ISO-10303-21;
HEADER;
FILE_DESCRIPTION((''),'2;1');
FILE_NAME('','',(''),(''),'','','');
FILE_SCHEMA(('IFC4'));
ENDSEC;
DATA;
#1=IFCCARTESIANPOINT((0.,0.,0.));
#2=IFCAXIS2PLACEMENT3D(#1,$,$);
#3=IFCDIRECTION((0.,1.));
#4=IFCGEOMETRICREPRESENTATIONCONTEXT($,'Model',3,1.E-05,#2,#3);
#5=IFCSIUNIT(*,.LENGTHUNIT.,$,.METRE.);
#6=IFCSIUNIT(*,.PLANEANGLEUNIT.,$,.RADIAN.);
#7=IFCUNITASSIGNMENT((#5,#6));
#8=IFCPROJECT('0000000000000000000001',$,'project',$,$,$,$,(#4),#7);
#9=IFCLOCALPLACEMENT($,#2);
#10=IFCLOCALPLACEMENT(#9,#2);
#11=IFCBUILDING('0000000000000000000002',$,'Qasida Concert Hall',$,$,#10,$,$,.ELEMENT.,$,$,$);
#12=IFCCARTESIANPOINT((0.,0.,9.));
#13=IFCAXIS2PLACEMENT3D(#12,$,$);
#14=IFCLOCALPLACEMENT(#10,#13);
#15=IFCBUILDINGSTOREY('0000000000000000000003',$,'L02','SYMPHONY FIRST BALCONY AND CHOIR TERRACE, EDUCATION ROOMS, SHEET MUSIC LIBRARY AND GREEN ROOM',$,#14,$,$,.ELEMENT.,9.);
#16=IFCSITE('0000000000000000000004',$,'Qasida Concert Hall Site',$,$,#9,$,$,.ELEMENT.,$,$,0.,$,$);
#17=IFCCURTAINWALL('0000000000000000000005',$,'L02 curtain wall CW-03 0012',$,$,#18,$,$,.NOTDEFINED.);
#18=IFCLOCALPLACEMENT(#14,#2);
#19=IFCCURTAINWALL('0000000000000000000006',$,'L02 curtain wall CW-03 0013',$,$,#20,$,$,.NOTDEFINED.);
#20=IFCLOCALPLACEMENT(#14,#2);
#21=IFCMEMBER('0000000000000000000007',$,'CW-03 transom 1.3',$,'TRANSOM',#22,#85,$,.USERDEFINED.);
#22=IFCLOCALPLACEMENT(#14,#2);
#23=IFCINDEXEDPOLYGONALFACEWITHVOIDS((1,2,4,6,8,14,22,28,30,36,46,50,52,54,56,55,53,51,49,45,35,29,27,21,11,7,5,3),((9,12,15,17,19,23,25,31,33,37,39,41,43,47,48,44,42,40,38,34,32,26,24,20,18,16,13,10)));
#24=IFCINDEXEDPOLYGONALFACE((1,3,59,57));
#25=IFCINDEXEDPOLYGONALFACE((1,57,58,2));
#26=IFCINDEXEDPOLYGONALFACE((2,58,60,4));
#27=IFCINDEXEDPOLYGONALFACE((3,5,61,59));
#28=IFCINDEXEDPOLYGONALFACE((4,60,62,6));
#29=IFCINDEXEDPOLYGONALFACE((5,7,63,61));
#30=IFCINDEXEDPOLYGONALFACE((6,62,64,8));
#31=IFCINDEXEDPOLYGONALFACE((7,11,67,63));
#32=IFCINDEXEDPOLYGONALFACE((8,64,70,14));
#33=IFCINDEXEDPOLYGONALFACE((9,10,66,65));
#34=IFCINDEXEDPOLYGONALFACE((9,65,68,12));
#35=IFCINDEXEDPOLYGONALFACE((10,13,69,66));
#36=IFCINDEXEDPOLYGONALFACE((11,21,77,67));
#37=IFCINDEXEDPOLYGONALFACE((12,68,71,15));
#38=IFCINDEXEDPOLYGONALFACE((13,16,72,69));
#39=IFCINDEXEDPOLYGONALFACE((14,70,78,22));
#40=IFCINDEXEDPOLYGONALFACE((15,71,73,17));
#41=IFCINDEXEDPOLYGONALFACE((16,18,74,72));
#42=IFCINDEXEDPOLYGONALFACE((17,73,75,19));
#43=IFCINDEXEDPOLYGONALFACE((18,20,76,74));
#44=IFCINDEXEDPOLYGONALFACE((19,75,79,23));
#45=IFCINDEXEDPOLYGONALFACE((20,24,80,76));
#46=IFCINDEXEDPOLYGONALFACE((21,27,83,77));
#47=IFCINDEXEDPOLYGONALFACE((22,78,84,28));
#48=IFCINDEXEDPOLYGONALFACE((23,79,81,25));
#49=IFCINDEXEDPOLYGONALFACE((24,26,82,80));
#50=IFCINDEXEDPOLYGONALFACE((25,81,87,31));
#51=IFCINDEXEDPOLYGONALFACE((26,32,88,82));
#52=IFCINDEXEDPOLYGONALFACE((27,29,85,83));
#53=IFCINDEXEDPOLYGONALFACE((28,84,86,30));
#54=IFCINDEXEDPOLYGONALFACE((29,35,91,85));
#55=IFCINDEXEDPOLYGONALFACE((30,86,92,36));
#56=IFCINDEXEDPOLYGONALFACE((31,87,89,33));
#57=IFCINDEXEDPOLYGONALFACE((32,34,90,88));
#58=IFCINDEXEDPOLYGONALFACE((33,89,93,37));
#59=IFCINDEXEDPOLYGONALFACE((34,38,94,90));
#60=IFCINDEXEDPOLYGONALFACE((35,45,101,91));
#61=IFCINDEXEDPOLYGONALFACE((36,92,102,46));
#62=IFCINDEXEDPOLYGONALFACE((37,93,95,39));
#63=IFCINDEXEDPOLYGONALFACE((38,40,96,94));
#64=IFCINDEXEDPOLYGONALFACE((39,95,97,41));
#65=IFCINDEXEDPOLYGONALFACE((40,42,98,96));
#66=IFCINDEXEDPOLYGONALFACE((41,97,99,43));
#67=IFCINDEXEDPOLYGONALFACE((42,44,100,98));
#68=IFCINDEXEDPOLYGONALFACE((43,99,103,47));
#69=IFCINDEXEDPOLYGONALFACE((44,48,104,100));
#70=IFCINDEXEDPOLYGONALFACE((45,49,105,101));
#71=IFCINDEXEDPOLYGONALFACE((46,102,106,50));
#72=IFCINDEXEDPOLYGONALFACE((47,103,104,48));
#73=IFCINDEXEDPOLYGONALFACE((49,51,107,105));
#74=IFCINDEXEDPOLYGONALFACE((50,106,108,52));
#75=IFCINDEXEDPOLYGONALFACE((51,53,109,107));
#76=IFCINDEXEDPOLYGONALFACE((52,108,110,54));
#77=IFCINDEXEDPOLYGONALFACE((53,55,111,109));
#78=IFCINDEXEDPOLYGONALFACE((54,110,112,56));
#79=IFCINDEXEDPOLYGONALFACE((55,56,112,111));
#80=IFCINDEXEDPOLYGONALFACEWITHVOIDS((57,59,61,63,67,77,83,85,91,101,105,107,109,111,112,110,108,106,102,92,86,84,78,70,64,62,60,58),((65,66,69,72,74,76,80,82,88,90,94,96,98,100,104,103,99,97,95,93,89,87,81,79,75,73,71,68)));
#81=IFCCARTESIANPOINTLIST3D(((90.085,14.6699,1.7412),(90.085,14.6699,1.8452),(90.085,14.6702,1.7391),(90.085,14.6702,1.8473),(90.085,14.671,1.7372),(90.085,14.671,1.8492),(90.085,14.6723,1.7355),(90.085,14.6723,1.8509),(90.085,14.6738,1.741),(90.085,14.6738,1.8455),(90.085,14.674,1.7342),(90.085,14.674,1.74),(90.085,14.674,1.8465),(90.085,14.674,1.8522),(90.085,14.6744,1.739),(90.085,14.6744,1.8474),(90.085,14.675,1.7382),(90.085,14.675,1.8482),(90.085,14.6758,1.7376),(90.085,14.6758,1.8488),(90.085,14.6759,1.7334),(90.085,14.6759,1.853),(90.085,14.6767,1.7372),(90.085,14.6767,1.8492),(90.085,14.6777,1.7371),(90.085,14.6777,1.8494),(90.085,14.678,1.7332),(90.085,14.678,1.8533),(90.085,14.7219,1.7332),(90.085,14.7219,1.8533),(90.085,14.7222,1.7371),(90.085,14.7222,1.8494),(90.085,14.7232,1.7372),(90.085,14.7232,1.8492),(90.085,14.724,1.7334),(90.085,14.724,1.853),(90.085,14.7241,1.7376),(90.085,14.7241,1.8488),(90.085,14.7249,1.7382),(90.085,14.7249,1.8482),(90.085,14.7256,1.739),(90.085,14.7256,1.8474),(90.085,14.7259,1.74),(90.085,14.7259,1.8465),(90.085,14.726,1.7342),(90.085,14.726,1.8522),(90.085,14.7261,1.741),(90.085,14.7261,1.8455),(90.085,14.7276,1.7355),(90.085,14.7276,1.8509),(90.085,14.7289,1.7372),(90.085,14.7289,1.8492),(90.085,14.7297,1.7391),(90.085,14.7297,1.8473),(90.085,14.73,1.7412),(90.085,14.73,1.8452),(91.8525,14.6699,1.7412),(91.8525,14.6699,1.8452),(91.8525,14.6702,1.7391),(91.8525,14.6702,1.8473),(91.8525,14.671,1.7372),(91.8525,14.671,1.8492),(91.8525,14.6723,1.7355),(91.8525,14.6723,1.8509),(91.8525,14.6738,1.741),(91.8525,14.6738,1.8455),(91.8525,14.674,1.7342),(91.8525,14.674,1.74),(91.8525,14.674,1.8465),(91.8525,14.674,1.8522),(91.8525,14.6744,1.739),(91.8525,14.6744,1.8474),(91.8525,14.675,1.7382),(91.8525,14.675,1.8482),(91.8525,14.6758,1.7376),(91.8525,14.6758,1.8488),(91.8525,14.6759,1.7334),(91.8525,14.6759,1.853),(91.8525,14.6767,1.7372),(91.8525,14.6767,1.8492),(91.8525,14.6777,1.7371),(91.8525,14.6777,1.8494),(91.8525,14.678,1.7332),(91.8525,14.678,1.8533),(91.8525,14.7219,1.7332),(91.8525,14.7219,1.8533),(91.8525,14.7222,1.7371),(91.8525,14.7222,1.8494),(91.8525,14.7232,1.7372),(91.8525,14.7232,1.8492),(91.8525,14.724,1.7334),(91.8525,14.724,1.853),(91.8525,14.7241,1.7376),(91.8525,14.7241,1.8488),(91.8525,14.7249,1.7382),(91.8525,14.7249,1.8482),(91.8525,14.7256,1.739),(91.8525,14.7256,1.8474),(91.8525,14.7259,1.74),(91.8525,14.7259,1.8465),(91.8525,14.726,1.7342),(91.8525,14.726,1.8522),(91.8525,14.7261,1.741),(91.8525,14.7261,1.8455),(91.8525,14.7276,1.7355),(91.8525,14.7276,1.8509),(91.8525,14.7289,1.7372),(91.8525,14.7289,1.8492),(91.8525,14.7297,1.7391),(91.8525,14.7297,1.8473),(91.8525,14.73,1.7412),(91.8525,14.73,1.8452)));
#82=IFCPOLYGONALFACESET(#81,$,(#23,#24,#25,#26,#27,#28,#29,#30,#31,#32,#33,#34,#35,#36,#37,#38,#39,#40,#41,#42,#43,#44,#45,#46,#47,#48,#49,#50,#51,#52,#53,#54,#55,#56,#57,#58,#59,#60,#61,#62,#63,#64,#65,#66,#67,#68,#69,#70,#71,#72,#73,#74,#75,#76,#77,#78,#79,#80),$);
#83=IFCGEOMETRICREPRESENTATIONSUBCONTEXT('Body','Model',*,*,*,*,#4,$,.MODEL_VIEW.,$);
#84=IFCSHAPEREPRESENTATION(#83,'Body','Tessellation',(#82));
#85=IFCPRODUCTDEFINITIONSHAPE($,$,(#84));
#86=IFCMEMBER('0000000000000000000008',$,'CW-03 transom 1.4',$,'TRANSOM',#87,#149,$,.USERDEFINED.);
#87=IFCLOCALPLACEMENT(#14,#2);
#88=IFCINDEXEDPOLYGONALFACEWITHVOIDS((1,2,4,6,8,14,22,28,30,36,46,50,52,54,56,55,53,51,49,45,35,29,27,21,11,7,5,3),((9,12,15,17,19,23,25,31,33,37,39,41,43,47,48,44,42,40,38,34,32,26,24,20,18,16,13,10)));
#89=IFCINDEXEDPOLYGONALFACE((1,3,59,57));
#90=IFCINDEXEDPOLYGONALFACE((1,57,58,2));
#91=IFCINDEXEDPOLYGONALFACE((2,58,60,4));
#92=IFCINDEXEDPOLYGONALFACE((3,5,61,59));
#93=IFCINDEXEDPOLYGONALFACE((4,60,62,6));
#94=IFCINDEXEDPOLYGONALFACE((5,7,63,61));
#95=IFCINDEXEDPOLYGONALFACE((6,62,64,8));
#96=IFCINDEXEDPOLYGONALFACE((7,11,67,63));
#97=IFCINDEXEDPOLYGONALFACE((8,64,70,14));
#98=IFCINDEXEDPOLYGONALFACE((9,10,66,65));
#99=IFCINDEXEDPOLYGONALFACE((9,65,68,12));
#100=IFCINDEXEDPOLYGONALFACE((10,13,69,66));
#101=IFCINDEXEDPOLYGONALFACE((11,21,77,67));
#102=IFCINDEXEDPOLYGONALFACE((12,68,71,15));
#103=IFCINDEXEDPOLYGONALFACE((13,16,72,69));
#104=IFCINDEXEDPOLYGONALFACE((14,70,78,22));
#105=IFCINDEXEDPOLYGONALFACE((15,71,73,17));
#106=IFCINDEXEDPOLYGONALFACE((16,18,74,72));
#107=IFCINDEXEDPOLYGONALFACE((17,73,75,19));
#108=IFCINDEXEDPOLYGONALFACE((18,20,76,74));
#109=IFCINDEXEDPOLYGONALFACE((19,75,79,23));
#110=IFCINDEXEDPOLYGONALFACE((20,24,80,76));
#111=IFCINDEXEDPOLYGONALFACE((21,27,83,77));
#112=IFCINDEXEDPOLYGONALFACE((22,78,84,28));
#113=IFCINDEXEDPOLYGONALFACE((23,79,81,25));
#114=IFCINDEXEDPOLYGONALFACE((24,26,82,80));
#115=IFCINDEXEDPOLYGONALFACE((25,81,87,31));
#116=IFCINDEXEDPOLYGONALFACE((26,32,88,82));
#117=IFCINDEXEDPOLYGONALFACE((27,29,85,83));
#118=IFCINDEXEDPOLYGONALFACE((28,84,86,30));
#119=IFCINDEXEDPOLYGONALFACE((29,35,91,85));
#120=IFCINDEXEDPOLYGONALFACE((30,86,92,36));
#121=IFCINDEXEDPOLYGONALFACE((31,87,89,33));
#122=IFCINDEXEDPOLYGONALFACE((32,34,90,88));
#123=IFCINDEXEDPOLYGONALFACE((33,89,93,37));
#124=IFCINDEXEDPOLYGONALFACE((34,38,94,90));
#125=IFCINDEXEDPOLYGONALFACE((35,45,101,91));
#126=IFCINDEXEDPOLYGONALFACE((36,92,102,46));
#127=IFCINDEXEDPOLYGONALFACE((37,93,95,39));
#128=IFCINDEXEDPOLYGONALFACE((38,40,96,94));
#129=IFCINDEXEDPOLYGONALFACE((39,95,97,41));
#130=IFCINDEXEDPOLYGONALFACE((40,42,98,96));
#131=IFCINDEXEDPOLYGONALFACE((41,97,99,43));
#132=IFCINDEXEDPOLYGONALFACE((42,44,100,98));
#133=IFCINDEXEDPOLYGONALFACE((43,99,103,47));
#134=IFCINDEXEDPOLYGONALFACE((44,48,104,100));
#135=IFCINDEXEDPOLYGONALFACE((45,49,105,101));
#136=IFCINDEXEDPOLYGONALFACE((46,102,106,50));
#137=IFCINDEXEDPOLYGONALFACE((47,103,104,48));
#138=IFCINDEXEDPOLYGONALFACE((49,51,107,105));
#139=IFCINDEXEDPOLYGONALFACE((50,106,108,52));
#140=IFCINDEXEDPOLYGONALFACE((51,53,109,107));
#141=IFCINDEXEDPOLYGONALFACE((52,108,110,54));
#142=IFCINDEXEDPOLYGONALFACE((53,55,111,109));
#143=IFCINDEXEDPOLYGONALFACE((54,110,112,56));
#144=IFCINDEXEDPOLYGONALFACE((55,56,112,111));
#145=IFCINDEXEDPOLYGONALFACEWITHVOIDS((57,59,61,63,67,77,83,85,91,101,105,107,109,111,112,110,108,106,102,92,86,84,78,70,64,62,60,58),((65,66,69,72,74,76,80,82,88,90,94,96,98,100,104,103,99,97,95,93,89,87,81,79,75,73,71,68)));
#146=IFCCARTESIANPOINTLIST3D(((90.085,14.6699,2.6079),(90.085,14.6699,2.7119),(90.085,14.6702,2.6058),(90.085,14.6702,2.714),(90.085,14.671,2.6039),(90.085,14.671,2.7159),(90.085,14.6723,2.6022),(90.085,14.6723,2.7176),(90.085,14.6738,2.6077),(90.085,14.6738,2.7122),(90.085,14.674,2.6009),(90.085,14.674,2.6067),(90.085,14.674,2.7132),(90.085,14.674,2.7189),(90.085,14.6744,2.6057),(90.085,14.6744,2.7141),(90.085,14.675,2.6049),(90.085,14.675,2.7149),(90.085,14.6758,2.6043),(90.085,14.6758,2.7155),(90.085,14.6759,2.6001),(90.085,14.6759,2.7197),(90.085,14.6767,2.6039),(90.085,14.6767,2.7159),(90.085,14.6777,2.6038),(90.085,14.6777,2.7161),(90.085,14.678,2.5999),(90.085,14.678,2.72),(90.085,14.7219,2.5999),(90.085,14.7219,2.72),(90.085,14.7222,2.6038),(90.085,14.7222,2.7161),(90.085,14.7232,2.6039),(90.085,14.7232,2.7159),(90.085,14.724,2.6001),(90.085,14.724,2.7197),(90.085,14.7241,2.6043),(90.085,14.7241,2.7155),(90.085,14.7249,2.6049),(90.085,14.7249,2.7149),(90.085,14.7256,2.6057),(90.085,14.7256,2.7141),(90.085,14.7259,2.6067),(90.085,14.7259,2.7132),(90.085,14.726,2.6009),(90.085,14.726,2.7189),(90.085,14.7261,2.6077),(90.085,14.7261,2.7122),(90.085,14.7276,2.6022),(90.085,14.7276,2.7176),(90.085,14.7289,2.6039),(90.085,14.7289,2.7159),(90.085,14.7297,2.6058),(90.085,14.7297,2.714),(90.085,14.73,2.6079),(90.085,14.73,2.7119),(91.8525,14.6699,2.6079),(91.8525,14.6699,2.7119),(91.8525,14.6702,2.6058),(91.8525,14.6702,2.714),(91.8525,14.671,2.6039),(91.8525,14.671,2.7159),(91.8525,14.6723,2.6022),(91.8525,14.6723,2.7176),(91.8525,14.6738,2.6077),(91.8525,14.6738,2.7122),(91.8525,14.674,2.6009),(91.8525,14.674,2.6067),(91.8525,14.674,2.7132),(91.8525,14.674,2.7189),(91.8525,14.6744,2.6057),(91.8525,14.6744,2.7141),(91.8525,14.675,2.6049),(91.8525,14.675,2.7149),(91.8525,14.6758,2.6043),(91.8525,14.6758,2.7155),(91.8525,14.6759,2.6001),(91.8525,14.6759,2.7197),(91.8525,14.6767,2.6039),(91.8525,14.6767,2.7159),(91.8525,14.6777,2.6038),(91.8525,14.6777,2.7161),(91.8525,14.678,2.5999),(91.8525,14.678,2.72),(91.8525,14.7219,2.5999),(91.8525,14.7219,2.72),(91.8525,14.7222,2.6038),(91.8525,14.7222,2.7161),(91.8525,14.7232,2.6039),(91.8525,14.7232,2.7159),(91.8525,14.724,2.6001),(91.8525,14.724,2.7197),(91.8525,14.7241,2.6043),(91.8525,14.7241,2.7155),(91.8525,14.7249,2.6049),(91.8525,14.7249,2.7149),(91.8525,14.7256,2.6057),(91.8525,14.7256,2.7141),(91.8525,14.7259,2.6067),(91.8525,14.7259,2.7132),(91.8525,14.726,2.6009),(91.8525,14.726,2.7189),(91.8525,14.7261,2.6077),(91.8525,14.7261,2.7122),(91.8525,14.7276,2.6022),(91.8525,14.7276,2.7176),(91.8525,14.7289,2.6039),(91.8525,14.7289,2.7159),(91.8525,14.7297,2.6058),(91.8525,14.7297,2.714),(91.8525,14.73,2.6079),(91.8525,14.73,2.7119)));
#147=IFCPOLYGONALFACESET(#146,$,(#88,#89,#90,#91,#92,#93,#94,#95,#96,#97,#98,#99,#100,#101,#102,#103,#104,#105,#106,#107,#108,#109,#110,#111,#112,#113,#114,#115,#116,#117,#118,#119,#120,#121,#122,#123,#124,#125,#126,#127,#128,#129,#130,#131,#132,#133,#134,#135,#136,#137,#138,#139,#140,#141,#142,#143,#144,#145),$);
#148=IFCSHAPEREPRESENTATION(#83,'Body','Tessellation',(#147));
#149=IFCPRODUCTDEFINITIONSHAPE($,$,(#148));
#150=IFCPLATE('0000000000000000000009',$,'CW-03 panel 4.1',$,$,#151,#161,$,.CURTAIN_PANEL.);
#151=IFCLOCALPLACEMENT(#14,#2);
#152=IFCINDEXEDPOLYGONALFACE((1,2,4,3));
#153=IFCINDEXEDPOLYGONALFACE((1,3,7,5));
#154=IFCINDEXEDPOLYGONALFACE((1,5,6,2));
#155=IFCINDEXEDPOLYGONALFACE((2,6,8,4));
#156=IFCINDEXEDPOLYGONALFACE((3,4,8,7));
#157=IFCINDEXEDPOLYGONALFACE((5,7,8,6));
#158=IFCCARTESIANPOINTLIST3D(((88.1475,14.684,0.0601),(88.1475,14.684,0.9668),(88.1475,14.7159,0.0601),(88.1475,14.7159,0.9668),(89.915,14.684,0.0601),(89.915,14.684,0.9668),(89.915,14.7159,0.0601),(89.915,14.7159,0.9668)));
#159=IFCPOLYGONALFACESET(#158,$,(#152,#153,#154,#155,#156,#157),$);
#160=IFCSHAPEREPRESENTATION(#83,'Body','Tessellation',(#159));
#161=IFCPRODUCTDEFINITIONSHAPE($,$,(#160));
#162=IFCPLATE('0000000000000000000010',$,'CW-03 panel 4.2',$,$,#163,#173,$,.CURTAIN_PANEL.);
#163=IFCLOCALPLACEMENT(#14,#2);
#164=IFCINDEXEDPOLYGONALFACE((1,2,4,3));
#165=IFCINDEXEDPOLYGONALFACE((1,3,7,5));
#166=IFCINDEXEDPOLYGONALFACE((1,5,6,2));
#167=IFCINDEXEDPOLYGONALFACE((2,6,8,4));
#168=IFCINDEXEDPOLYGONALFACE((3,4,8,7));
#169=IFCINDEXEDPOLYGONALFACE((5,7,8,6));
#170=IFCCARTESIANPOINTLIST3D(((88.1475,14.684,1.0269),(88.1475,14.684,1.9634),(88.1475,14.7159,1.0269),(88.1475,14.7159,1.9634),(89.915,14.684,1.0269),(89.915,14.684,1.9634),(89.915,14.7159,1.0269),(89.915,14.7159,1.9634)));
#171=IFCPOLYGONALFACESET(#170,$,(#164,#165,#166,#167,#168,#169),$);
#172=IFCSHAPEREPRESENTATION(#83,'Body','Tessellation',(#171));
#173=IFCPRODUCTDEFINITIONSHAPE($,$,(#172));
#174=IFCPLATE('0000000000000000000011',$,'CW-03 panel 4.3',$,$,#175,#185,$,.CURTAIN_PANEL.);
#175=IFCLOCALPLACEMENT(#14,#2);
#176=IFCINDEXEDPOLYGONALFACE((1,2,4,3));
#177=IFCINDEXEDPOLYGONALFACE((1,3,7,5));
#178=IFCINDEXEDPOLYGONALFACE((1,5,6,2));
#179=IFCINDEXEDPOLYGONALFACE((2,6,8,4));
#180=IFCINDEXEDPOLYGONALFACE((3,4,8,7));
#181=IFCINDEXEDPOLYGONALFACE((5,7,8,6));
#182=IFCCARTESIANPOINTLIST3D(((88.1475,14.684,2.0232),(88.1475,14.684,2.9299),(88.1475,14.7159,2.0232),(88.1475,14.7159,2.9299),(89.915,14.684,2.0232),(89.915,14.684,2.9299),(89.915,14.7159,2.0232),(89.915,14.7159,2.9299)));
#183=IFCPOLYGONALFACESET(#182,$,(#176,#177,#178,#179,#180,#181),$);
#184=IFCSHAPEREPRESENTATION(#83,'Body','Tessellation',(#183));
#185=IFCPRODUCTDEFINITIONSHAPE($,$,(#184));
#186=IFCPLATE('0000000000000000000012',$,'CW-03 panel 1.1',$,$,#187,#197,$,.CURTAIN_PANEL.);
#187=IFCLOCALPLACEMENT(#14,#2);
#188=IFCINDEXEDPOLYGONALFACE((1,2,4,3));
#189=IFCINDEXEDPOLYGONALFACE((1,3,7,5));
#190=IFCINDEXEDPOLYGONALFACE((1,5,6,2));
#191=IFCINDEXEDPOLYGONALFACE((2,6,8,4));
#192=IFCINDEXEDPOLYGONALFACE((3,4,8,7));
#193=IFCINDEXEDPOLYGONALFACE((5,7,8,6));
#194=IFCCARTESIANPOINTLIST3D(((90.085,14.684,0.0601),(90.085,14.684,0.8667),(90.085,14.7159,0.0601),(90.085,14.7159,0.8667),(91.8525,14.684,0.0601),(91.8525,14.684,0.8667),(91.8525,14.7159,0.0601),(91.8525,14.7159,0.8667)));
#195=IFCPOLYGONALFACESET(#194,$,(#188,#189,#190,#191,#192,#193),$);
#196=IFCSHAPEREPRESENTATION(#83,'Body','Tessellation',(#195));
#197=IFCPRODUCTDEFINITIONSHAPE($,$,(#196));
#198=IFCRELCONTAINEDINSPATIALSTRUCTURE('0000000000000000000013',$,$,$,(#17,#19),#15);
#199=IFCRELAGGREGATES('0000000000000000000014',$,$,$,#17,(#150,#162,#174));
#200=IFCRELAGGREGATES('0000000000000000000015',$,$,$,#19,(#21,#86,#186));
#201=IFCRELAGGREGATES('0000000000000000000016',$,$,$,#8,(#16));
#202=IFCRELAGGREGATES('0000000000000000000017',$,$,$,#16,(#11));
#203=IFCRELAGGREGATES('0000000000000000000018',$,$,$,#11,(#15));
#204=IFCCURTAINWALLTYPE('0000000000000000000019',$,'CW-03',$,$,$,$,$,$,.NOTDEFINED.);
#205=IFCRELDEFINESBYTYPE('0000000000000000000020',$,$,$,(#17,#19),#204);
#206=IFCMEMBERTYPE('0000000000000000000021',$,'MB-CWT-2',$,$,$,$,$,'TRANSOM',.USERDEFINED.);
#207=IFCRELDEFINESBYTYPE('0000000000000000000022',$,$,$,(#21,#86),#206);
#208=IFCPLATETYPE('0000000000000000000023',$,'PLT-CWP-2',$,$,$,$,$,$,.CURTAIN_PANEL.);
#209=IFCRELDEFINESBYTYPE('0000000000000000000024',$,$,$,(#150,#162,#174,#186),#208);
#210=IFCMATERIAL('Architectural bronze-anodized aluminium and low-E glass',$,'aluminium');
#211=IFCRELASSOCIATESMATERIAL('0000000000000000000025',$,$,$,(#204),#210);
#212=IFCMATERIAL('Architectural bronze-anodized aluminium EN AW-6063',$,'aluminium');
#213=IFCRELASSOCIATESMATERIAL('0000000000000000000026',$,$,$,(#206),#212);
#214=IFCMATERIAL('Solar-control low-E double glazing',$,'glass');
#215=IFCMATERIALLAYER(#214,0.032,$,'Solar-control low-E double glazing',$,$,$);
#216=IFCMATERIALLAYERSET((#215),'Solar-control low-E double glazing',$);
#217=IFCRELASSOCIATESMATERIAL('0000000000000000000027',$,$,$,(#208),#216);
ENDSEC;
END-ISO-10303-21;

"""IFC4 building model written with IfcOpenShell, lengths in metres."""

from ifc_helpers import new_model, si_unit, direction, frame, origin, origin_2d, place, context, subcontext, project, spatial, rectangle, hollow_rectangle, extrude, material, layer, layer_set, material_profile, profile_set, type_object, element, aggregate, save


model = new_model("IFC4")

# Units and contexts
model_context = context("Model", 3, precision=1e-05, world=origin(), true_north=direction((0.0, 1.0)))
body_context = subcontext(model_context, "Body", "Model", "MODEL_VIEW")
ifc_project = project(units=[si_unit("LENGTHUNIT", "METRE"), si_unit("PLANEANGLEUNIT", "RADIAN")], contexts=[model_context])

# Site, building, storey
site_placement = place(None, origin())
site = spatial("IfcSite", under=ifc_project, at=site_placement, Name="Qasida Concert Hall Site", CompositionType="ELEMENT", RefElevation=0.0)
building_placement = place(site_placement, origin())
building = spatial("IfcBuilding", under=site, at=building_placement, Name="Qasida Concert Hall", CompositionType="ELEMENT")
storey_placement = place(building_placement, frame((0.0, 0.0, 9.0)))
storey = spatial("IfcBuildingStorey", under=building, at=storey_placement, Name="L02", Description="SYMPHONY FIRST BALCONY AND CHOIR TERRACE, EDUCATION ROOMS, SHEET MUSIC LIBRARY AND GREEN ROOM", CompositionType="ELEMENT", Elevation=9.0)

# Curtain wall
ifc_material_1 = material(Name="Architectural bronze-anodized aluminium and low-E glass", Category="aluminium")
curtain_wall_type = type_object("IfcCurtainWallType", Name="CW-03", PredefinedType="NOTDEFINED", material=ifc_material_1)
curtain_wall_1_placement = place(storey_placement, origin())
curtain_wall_1 = element("IfcCurtainWall", 1, at=curtain_wall_1_placement, inside=storey, type_object=curtain_wall_type, Name="L02 curtain wall CW-03 0012", PredefinedType="NOTDEFINED")
ifc_material_2 = material(Name="Architectural bronze-anodized aluminium EN AW-6063", Category="aluminium")

# Curtain wall
curtain_wall_2_placement = place(storey_placement, origin())
curtain_wall_2 = element("IfcCurtainWall", 2, at=curtain_wall_2_placement, inside=storey, type_object=curtain_wall_type, Name="L02 curtain wall CW-03 0013", PredefinedType="NOTDEFINED")

# Members
ifc_material_profile_1 = material_profile(ifc_material_2, hollow_rectangle(XDim=0.0601, YDim=0.1201, WallThickness=0.0039, InnerFilletRadius=0.0039, OuterFilletRadius=0.0081, at=origin_2d()), Name="CWT 120x60x4")
ifc_profile_set_1 = profile_set([ifc_material_profile_1], Name="Architectural bronze-anodized aluminium EN AW-6063")
member_type_1 = type_object("IfcMemberType", Name="MB-CWT-2", ElementType="TRANSOM", PredefinedType="USERDEFINED", material=ifc_profile_set_1)
member_1_placement = place(storey_placement, frame((90.085, 14.7, 1.7932), z_axis=(1.0, 0.0, 0.0), x_axis=(0.0, 1.0, 0.0)))
member_1 = element("IfcMember", 3, at=member_1_placement, type_object=member_type_1, Name="CW-03 transom 1.3", ObjectType="TRANSOM", PredefinedType="USERDEFINED", context=body_context, shape_type="SweptSolid", body=[
    extrude(hollow_rectangle(XDim=0.0601, YDim=0.1201, WallThickness=0.0039, InnerFilletRadius=0.0039, OuterFilletRadius=0.0081, at=origin_2d()), origin(), (0.0, 0.0, 1.0), 1.7676),
])
member_2_placement = place(storey_placement, frame((90.085, 14.7, 2.6599), z_axis=(1.0, 0.0, 0.0), x_axis=(0.0, 1.0, 0.0)))
member_2 = element("IfcMember", 4, at=member_2_placement, type_object=member_type_1, Name="CW-03 transom 1.4", ObjectType="TRANSOM", PredefinedType="USERDEFINED", context=body_context, shape_type="SweptSolid", body=[
    extrude(hollow_rectangle(XDim=0.0601, YDim=0.1201, WallThickness=0.0039, InnerFilletRadius=0.0039, OuterFilletRadius=0.0081, at=origin_2d()), origin(), (0.0, 0.0, 1.0), 1.7676),
])

# Plates
ifc_material_3 = material(Name="Solar-control low-E double glazing", Category="glass")
ifc_layer_1 = layer(ifc_material_3, 0.032, Name="Solar-control low-E double glazing")
ifc_layer_set_1 = layer_set([ifc_layer_1], Name="Solar-control low-E double glazing")
plate_type = type_object("IfcPlateType", Name="PLT-CWP-2", PredefinedType="CURTAIN_PANEL", material=ifc_layer_set_1)
plate_1_placement = place(storey_placement, frame((89.0312, 14.7, 0.0601), z_axis=(0.0, 0.0, 1.0), x_axis=(1.0, 0.0, 0.0)))
plate_1 = element("IfcPlate", 5, at=plate_1_placement, type_object=plate_type, Name="CW-03 panel 4.1", PredefinedType="CURTAIN_PANEL", context=body_context, shape_type="SweptSolid", body=[
    extrude(rectangle(XDim=1.7676, YDim=0.032, at=origin_2d()), origin(), (0.0, 0.0, 1.0), 0.9067),
])
plate_2_placement = place(storey_placement, frame((89.0312, 14.7, 1.0269), z_axis=(0.0, 0.0, 1.0), x_axis=(1.0, 0.0, 0.0)))
plate_2 = element("IfcPlate", 6, at=plate_2_placement, type_object=plate_type, Name="CW-03 panel 4.2", PredefinedType="CURTAIN_PANEL", context=body_context, shape_type="SweptSolid", body=[
    extrude(rectangle(XDim=1.7676, YDim=0.032, at=origin_2d()), origin(), (0.0, 0.0, 1.0), 0.9365),
])
plate_3_placement = place(storey_placement, frame((89.0312, 14.7, 2.0232), z_axis=(0.0, 0.0, 1.0), x_axis=(1.0, 0.0, 0.0)))
plate_3 = element("IfcPlate", 7, at=plate_3_placement, type_object=plate_type, Name="CW-03 panel 4.3", PredefinedType="CURTAIN_PANEL", context=body_context, shape_type="SweptSolid", body=[
    extrude(rectangle(XDim=1.7676, YDim=0.032, at=origin_2d()), origin(), (0.0, 0.0, 1.0), 0.9067),
])
aggregate(curtain_wall_1, [plate_1, plate_2, plate_3])
plate_4_placement = place(storey_placement, frame((90.9688, 14.7, 0.0601), z_axis=(0.0, 0.0, 1.0), x_axis=(1.0, 0.0, 0.0)))
plate_4 = element("IfcPlate", 8, at=plate_4_placement, type_object=plate_type, Name="CW-03 panel 1.1", PredefinedType="CURTAIN_PANEL", context=body_context, shape_type="SweptSolid", body=[
    extrude(rectangle(XDim=1.7676, YDim=0.032, at=origin_2d()), origin(), (0.0, 0.0, 1.0), 0.8066),
])
aggregate(curtain_wall_2, [member_1, member_2, plate_4])

save(model, "model.ifc")
